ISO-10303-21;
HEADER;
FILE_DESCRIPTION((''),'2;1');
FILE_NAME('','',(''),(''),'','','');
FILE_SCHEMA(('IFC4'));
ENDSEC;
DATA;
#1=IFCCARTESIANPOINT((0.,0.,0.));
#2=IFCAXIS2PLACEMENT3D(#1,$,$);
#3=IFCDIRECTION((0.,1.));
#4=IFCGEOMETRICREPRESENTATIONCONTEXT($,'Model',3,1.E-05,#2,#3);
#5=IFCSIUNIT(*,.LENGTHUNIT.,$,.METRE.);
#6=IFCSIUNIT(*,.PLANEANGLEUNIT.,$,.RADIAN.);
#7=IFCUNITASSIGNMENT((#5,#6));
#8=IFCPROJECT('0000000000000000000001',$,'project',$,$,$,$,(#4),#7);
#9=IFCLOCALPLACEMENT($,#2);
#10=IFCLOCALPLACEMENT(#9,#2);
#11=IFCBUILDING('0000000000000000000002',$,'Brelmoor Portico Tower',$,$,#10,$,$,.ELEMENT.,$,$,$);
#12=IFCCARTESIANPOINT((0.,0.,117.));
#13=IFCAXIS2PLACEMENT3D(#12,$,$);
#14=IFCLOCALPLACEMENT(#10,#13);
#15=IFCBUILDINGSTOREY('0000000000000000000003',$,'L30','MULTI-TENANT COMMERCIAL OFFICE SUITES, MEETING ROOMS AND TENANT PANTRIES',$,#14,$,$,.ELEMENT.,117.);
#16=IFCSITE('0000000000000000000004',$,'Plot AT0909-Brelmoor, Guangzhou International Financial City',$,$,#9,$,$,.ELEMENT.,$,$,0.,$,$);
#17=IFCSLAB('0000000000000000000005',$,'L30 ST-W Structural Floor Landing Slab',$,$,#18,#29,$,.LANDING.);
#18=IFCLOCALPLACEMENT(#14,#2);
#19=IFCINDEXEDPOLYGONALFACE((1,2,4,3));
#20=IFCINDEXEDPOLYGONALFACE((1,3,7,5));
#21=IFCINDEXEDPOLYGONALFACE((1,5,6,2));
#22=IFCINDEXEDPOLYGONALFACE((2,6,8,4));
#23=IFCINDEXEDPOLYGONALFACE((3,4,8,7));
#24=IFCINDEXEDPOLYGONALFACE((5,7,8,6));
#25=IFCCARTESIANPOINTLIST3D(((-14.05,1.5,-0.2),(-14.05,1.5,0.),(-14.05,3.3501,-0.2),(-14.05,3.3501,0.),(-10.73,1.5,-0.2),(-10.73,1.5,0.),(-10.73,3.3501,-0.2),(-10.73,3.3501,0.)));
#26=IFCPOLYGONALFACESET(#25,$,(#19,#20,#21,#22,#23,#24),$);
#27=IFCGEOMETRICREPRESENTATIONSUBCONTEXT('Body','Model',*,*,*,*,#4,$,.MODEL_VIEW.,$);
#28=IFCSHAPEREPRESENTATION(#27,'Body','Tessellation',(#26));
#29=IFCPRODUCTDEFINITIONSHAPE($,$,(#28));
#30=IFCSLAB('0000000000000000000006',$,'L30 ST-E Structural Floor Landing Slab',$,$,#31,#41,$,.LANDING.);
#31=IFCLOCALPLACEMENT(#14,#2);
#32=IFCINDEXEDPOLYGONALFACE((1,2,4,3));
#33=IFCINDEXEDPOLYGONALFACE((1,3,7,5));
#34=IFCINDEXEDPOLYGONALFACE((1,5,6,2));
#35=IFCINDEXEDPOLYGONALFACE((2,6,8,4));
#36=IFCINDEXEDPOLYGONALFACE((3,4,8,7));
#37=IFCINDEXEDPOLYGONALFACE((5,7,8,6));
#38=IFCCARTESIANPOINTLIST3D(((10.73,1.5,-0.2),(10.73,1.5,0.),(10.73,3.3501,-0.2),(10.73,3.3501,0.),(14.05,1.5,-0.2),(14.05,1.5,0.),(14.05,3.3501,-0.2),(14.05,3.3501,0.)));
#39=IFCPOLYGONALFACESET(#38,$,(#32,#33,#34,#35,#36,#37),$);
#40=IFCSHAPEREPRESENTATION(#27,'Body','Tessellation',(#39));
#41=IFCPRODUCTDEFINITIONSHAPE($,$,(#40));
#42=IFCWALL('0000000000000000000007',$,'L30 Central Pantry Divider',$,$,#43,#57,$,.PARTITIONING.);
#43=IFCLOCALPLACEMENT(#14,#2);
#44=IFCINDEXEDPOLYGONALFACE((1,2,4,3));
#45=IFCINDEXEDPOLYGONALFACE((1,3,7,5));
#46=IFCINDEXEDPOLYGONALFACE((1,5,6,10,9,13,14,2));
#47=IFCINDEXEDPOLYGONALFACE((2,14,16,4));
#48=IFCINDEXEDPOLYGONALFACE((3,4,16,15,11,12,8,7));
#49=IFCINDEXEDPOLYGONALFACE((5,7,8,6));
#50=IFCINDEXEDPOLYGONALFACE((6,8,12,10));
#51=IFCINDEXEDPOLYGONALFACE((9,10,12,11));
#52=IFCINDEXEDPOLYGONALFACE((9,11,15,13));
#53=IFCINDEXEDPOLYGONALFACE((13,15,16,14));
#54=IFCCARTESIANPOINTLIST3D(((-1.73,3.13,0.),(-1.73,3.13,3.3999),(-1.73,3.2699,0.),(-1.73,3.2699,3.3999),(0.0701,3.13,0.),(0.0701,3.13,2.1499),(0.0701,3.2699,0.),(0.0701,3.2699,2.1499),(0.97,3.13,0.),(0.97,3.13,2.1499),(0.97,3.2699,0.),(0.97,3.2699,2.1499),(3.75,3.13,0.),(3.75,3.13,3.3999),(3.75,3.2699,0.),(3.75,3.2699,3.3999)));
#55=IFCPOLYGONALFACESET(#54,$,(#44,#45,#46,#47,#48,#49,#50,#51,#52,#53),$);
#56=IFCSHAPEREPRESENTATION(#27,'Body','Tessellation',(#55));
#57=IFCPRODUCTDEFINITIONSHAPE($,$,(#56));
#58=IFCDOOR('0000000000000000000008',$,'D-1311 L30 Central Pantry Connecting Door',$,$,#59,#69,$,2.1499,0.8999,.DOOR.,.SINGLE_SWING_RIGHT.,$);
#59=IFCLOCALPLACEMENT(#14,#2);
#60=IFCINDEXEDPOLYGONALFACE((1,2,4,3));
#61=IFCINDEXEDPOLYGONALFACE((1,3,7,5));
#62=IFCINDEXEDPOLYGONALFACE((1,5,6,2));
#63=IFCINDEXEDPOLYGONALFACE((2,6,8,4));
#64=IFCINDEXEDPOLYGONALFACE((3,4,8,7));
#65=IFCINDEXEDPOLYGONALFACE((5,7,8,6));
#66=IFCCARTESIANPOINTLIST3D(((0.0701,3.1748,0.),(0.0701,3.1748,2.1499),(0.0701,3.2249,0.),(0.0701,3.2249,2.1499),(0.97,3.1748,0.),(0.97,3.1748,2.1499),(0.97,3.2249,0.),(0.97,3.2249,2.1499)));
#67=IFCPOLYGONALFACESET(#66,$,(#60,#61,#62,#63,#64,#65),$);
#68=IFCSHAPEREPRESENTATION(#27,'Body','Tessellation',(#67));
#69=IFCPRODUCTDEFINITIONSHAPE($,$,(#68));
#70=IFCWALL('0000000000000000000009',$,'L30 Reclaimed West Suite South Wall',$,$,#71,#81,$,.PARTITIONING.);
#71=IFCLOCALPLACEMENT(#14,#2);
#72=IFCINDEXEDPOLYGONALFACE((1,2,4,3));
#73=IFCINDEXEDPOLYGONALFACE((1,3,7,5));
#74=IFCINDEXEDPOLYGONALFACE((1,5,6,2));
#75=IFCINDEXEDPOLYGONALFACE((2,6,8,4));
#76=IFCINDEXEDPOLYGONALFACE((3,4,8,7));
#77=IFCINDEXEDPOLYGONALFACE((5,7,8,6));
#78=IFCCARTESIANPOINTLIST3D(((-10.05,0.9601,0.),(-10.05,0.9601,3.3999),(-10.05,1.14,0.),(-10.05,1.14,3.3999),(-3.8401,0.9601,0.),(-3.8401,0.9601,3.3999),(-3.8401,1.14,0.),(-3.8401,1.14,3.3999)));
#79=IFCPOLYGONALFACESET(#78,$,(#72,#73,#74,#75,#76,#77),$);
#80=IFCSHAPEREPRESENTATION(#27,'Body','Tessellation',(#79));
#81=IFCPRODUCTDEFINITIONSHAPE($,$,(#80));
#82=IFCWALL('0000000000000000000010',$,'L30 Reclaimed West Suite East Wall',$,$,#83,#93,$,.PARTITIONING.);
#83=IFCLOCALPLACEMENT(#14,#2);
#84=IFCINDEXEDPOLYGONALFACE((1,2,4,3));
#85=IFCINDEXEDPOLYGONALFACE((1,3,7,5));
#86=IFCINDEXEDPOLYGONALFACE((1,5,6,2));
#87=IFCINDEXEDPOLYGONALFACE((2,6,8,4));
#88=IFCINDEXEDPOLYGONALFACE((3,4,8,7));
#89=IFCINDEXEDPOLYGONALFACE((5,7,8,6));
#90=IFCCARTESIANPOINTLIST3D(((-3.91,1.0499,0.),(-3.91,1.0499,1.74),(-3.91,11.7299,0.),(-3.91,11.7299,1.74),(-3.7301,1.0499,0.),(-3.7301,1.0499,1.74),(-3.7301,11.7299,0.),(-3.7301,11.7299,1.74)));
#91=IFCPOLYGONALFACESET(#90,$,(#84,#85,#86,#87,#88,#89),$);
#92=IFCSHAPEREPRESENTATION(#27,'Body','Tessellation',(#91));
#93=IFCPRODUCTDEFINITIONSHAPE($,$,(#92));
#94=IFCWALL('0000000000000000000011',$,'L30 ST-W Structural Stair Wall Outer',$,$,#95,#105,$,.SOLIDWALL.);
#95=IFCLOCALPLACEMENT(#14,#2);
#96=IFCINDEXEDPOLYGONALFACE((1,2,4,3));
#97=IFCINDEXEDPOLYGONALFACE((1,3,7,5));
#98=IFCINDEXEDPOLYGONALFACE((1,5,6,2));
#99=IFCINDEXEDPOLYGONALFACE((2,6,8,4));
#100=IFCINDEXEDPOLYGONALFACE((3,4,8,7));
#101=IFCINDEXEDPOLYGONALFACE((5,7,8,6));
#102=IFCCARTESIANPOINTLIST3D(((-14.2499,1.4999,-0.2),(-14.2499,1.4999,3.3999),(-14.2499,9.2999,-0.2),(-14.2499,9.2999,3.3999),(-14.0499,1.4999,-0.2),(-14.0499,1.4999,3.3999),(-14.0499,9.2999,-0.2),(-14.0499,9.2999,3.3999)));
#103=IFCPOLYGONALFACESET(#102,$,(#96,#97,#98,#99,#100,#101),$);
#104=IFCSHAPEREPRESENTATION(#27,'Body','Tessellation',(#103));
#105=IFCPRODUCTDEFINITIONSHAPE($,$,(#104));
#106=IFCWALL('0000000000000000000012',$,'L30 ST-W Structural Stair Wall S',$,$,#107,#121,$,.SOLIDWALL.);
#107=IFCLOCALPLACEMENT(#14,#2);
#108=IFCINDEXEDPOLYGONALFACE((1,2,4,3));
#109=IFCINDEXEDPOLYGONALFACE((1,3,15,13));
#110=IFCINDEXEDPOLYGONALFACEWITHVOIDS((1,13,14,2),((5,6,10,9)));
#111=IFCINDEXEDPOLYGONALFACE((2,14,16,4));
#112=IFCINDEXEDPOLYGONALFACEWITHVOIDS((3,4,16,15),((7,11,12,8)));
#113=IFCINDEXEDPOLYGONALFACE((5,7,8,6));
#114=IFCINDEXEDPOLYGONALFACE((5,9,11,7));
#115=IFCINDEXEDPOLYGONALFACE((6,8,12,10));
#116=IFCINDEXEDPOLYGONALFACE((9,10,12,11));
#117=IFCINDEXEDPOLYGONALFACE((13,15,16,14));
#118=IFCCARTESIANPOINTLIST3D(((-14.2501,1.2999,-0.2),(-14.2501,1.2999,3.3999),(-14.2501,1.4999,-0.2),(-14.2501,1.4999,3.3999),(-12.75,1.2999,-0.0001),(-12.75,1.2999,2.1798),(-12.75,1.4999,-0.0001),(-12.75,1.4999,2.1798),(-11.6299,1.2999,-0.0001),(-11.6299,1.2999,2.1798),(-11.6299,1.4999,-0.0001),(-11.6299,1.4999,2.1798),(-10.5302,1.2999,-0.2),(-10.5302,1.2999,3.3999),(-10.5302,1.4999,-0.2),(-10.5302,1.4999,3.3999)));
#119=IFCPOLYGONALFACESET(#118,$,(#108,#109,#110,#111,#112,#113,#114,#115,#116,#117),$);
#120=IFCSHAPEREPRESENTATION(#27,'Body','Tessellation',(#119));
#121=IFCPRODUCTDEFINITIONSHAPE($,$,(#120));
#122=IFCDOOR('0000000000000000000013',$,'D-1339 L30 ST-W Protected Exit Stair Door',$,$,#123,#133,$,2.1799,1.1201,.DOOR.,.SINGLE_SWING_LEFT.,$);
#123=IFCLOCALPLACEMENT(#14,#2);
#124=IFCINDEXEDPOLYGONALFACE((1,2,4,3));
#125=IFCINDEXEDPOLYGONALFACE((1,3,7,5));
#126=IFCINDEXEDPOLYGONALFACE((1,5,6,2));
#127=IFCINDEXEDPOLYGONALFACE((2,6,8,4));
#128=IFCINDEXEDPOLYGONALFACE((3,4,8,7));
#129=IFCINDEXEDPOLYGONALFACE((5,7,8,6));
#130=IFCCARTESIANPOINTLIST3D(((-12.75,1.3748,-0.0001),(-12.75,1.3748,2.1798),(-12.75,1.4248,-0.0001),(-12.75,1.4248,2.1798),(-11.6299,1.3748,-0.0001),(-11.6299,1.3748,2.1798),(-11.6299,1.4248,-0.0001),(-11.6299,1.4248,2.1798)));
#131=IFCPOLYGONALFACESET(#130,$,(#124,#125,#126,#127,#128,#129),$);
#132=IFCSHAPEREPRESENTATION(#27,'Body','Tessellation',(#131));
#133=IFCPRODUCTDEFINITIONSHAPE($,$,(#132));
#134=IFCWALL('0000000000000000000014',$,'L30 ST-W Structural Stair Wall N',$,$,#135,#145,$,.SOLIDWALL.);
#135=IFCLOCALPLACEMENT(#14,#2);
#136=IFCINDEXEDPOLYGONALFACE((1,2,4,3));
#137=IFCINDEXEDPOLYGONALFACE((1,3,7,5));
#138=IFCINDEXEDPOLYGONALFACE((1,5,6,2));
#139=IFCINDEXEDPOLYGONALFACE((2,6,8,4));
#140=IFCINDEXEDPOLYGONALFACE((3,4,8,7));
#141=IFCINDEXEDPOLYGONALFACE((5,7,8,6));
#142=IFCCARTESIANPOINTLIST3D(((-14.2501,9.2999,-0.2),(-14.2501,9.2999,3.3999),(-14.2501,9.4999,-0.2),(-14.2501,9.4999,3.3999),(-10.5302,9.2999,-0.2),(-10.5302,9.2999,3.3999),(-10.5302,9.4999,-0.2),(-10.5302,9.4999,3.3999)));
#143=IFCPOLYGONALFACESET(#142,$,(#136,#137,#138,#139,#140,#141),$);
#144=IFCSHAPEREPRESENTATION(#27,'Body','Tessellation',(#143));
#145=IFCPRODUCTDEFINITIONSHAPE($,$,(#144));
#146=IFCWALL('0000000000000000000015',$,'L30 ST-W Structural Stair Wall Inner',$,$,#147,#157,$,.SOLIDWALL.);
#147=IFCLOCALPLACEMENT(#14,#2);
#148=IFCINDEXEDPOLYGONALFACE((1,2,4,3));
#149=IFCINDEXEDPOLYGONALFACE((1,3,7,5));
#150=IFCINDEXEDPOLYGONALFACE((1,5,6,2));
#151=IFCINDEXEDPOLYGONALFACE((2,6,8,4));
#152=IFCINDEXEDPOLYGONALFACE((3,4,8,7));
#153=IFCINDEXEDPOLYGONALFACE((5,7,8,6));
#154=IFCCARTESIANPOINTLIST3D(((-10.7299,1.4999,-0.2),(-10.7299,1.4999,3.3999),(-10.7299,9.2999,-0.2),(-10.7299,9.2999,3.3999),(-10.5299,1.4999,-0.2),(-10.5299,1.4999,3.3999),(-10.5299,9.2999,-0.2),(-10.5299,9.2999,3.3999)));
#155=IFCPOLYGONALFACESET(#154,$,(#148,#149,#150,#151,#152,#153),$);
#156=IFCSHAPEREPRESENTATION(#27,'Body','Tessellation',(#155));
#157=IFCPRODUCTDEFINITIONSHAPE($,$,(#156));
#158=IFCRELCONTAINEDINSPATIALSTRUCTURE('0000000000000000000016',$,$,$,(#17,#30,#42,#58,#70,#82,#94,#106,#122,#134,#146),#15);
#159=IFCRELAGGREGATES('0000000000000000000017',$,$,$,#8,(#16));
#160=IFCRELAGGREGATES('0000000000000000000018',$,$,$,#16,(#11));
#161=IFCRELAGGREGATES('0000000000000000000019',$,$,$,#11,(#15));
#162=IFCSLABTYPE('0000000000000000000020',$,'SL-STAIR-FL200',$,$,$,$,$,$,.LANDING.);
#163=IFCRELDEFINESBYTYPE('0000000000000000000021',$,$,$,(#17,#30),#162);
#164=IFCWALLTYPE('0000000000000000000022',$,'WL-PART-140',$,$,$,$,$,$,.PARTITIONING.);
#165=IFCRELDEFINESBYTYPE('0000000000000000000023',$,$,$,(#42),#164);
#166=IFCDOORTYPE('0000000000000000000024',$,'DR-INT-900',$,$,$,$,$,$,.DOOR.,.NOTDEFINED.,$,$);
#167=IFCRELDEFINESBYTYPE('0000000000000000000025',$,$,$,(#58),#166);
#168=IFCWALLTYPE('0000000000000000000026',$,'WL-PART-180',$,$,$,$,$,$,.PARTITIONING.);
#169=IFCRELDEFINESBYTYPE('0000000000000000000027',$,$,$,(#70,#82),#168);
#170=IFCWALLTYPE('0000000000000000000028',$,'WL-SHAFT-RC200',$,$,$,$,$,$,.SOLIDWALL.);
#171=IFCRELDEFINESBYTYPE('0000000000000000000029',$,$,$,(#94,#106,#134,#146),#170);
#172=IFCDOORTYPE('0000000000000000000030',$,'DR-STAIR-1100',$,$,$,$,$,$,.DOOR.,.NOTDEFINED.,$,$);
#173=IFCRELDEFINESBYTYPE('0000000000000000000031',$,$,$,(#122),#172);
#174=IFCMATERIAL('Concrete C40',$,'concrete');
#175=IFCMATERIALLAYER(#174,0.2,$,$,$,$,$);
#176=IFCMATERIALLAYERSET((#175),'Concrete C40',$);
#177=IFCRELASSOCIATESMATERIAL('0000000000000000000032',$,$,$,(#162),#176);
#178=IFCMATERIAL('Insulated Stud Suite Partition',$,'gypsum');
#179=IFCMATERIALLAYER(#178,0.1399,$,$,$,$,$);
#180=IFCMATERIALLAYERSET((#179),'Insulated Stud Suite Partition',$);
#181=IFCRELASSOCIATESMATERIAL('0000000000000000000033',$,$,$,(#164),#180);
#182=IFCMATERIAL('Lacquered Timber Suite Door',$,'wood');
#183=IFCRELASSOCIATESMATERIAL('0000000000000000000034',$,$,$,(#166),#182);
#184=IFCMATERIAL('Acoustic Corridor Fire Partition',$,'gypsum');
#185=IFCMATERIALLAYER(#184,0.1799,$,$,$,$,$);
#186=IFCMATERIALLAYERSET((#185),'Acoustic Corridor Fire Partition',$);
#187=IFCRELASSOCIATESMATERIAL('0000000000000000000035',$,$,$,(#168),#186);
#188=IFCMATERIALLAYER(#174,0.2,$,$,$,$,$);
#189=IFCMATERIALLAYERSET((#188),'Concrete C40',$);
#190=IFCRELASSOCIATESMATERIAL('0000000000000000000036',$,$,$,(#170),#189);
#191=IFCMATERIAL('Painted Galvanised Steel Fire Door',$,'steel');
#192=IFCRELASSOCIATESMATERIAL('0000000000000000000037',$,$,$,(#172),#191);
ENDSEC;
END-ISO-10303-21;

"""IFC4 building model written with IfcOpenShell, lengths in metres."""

from ifc_helpers import new_model, si_unit, direction, frame, frame_2d, origin, place, context, subcontext, project, spatial, polyline, rectangle, outline, extrude, material, layer, layer_set, type_object, element, fill, save


model = new_model("IFC4")

# Units and contexts
model_context = context("Model", 3, precision=1e-05, world=origin(), true_north=direction((0.0, 1.0)))
body_context = subcontext(model_context, "Body", "Model", "MODEL_VIEW")
ifc_project = project(units=[si_unit("LENGTHUNIT", "METRE"), si_unit("PLANEANGLEUNIT", "RADIAN")], contexts=[model_context])

# Site, building, storey
site_placement = place(None, origin())
site = spatial("IfcSite", under=ifc_project, at=site_placement, Name="Plot AT0909-Brelmoor, Guangzhou International Financial City", CompositionType="ELEMENT", RefElevation=0.0)
building_placement = place(site_placement, origin())
building = spatial("IfcBuilding", under=site, at=building_placement, Name="Brelmoor Portico Tower", CompositionType="ELEMENT")
storey_placement = place(building_placement, frame((0.0, 0.0, 117.0)))
storey = spatial("IfcBuildingStorey", under=building, at=storey_placement, Name="L30", Description="MULTI-TENANT COMMERCIAL OFFICE SUITES, MEETING ROOMS AND TENANT PANTRIES", CompositionType="ELEMENT", Elevation=117.0)

# Slabs
ifc_material_1 = material(Name="Concrete C40", Category="concrete")
ifc_layer_1 = layer(ifc_material_1, 0.2)
ifc_layer_set_1 = layer_set([ifc_layer_1], Name="Concrete C40")
slab_type_1 = type_object("IfcSlabType", Name="SL-STAIR-FL200", PredefinedType="LANDING", material=ifc_layer_set_1)
slab_1_placement = place(storey_placement, frame((0.0, 0.0, -0.2)))
element("IfcSlab", 1, at=slab_1_placement, inside=storey, type_object=slab_type_1, Name="L30 ST-W Structural Floor Landing Slab", PredefinedType="LANDING", context=body_context, shape_type="SweptSolid", body=[
    extrude(outline(polyline([(-10.73, 1.5), (-10.73, 3.3501), (-14.05, 3.3501), (-14.05, 1.5), (-10.73, 1.5)])), origin(), (0.0, 0.0, 1.0), 0.2),
])
slab_2_placement = place(storey_placement, frame((0.0, 0.0, -0.2)))
element("IfcSlab", 2, at=slab_2_placement, inside=storey, type_object=slab_type_1, Name="L30 ST-E Structural Floor Landing Slab", PredefinedType="LANDING", context=body_context, shape_type="SweptSolid", body=[
    extrude(outline(polyline([(14.05, 1.5), (14.05, 3.3501), (10.73, 3.3501), (10.73, 1.5), (14.05, 1.5)])), origin(), (0.0, 0.0, 1.0), 0.2),
])

# Wall, opening, door
ifc_material_2 = material(Name="Insulated Stud Suite Partition", Category="gypsum")
ifc_layer_2 = layer(ifc_material_2, 0.1399)
ifc_layer_set_2 = layer_set([ifc_layer_2], Name="Insulated Stud Suite Partition")
wall_type_1 = type_object("IfcWallType", Name="WL-PART-140", PredefinedType="PARTITIONING", material=ifc_layer_set_2)
wall_1_placement = place(storey_placement, frame((-1.73, 3.2, 0.0), z_axis=(0.0, 0.0, 1.0), x_axis=(1.0, 0.0, 0.0)))
wall_1 = element("IfcWall", 3, at=wall_1_placement, inside=storey, type_object=wall_type_1, Name="L30 Central Pantry Divider", PredefinedType="PARTITIONING", context=body_context, shape_type="SweptSolid", body=[
    extrude(rectangle(XDim=5.48, YDim=0.1399, at=frame_2d((2.74, 0.0))), origin(), (0.0, 0.0, 1.0), 3.3999),
])
opening_1_placement = place(wall_1_placement, frame((1.8, 0.0, 0.0)))
opening_1 = element("IfcOpeningElement", 4, at=opening_1_placement, cuts=wall_1, PredefinedType="OPENING", context=body_context, shape_type="SweptSolid", body=[
    extrude(rectangle(XDim=0.8999, YDim=2.1499, at=frame_2d((0.45, 1.075))), frame((0.0, 0.0798, 0.0), z_axis=(0.0, -1.0, 0.0), x_axis=(1.0, 0.0, 0.0)), (0.0, 0.0, 1.0), 0.1599),
])
ifc_material_3 = material(Name="Lacquered Timber Suite Door", Category="wood")
door_type_1 = type_object("IfcDoorType", Name="DR-INT-900", OperationType="NOTDEFINED", PredefinedType="DOOR", material=ifc_material_3)
door_1_placement = place(opening_1_placement, origin())
door_1 = element("IfcDoor", 5, at=door_1_placement, inside=storey, type_object=door_type_1, Name="D-1311 L30 Central Pantry Connecting Door", OperationType="SINGLE_SWING_RIGHT", OverallHeight=2.1499, OverallWidth=0.8999, PredefinedType="DOOR", context=body_context, shape_type="SweptSolid", body=[
    extrude(rectangle(XDim=0.8999, YDim=2.1499, at=frame_2d((0.45, 1.075))), frame((0.0, 0.0249, 0.0), z_axis=(0.0, -1.0, 0.0), x_axis=(1.0, 0.0, 0.0)), (0.0, 0.0, 1.0), 0.05),
])
fill(opening_1, door_1)

# Walls
ifc_material_4 = material(Name="Acoustic Corridor Fire Partition", Category="gypsum")
ifc_layer_3 = layer(ifc_material_4, 0.1799)
ifc_layer_set_3 = layer_set([ifc_layer_3], Name="Acoustic Corridor Fire Partition")
wall_type_2 = type_object("IfcWallType", Name="WL-PART-180", PredefinedType="PARTITIONING", material=ifc_layer_set_3)
wall_2_placement = place(storey_placement, frame((-10.05, 1.05, 0.0), z_axis=(0.0, 0.0, 1.0), x_axis=(1.0, 0.0, 0.0)))
element("IfcWall", 6, at=wall_2_placement, inside=storey, type_object=wall_type_2, Name="L30 Reclaimed West Suite South Wall", PredefinedType="PARTITIONING", context=body_context, shape_type="SweptSolid", body=[
    extrude(rectangle(XDim=6.21, YDim=0.1799, at=frame_2d((3.105, 0.0))), origin(), (0.0, 0.0, 1.0), 3.3999),
])
wall_3_placement = place(storey_placement, frame((-3.8201, 1.05, 0.0), z_axis=(0.0, 0.0, 1.0), x_axis=(0.0, 1.0, 0.0)))
element("IfcWall", 7, at=wall_3_placement, inside=storey, type_object=wall_type_2, Name="L30 Reclaimed West Suite East Wall", PredefinedType="PARTITIONING", context=body_context, shape_type="SweptSolid", body=[
    extrude(rectangle(XDim=10.6799, YDim=0.1799, at=frame_2d((5.3398, 0.0))), origin(), (0.0, 0.0, 1.0), 1.74),
])
ifc_layer_4 = layer(ifc_material_1, 0.2)
ifc_layer_set_4 = layer_set([ifc_layer_4], Name="Concrete C40")
wall_type_3 = type_object("IfcWallType", Name="WL-SHAFT-RC200", PredefinedType="SOLIDWALL", material=ifc_layer_set_4)
wall_4_placement = place(storey_placement, frame((-14.1499, 1.5, -0.2), z_axis=(0.0, 0.0, 1.0), x_axis=(0.0, 1.0, 0.0)))
element("IfcWall", 8, at=wall_4_placement, inside=storey, type_object=wall_type_3, Name="L30 ST-W Structural Stair Wall Outer", PredefinedType="SOLIDWALL", context=body_context, shape_type="SweptSolid", body=[
    extrude(rectangle(XDim=7.8, YDim=0.2, at=frame_2d((3.8999, 0.0))), origin(), (0.0, 0.0, 1.0), 3.5999),
])

# Wall, opening, door
wall_5_placement = place(storey_placement, frame((-14.25, 1.3999, -0.2), z_axis=(0.0, 0.0, 1.0), x_axis=(1.0, 0.0, 0.0)))
wall_5 = element("IfcWall", 9, at=wall_5_placement, inside=storey, type_object=wall_type_3, Name="L30 ST-W Structural Stair Wall S", PredefinedType="SOLIDWALL", context=body_context, shape_type="SweptSolid", body=[
    extrude(rectangle(XDim=3.72, YDim=0.2, at=frame_2d((1.8599, 0.0))), origin(), (0.0, 0.0, 1.0), 3.5999),
])
opening_2_placement = place(wall_5_placement, frame((1.5, 0.0, 0.2)))
opening_2 = element("IfcOpeningElement", 10, at=opening_2_placement, cuts=wall_5, PredefinedType="OPENING", context=body_context, shape_type="SweptSolid", body=[
    extrude(rectangle(XDim=1.1201, YDim=2.1799, at=frame_2d((0.5601, 1.0898))), frame((0.0, 0.1099, 0.0), z_axis=(0.0, -1.0, 0.0), x_axis=(1.0, 0.0, 0.0)), (0.0, 0.0, 1.0), 0.22),
])
ifc_material_5 = material(Name="Painted Galvanised Steel Fire Door", Category="steel")
door_type_2 = type_object("IfcDoorType", Name="DR-STAIR-1100", OperationType="NOTDEFINED", PredefinedType="DOOR", material=ifc_material_5)
door_2_placement = place(opening_2_placement, origin())
door_2 = element("IfcDoor", 11, at=door_2_placement, inside=storey, type_object=door_type_2, Name="D-1339 L30 ST-W Protected Exit Stair Door", OperationType="SINGLE_SWING_LEFT", OverallHeight=2.1799, OverallWidth=1.1201, PredefinedType="DOOR", context=body_context, shape_type="SweptSolid", body=[
    extrude(rectangle(XDim=1.1201, YDim=2.1799, at=frame_2d((0.5601, 1.0898))), frame((0.0, 0.0249, 0.0), z_axis=(0.0, -1.0, 0.0), x_axis=(1.0, 0.0, 0.0)), (0.0, 0.0, 1.0), 0.05),
])
fill(opening_2, door_2)

# Walls
wall_6_placement = place(storey_placement, frame((-14.25, 9.3999, -0.2), z_axis=(0.0, 0.0, 1.0), x_axis=(1.0, 0.0, 0.0)))
element("IfcWall", 12, at=wall_6_placement, inside=storey, type_object=wall_type_3, Name="L30 ST-W Structural Stair Wall N", PredefinedType="SOLIDWALL", context=body_context, shape_type="SweptSolid", body=[
    extrude(rectangle(XDim=3.72, YDim=0.2, at=frame_2d((1.8599, 0.0))), origin(), (0.0, 0.0, 1.0), 3.5999),
])
wall_7_placement = place(storey_placement, frame((-10.6299, 1.5, -0.2), z_axis=(0.0, 0.0, 1.0), x_axis=(0.0, 1.0, 0.0)))
element("IfcWall", 13, at=wall_7_placement, inside=storey, type_object=wall_type_3, Name="L30 ST-W Structural Stair Wall Inner", PredefinedType="SOLIDWALL", context=body_context, shape_type="SweptSolid", body=[
    extrude(rectangle(XDim=7.8, YDim=0.2, at=frame_2d((3.8999, 0.0))), origin(), (0.0, 0.0, 1.0), 3.5999),
])

save(model, "model.ifc")
